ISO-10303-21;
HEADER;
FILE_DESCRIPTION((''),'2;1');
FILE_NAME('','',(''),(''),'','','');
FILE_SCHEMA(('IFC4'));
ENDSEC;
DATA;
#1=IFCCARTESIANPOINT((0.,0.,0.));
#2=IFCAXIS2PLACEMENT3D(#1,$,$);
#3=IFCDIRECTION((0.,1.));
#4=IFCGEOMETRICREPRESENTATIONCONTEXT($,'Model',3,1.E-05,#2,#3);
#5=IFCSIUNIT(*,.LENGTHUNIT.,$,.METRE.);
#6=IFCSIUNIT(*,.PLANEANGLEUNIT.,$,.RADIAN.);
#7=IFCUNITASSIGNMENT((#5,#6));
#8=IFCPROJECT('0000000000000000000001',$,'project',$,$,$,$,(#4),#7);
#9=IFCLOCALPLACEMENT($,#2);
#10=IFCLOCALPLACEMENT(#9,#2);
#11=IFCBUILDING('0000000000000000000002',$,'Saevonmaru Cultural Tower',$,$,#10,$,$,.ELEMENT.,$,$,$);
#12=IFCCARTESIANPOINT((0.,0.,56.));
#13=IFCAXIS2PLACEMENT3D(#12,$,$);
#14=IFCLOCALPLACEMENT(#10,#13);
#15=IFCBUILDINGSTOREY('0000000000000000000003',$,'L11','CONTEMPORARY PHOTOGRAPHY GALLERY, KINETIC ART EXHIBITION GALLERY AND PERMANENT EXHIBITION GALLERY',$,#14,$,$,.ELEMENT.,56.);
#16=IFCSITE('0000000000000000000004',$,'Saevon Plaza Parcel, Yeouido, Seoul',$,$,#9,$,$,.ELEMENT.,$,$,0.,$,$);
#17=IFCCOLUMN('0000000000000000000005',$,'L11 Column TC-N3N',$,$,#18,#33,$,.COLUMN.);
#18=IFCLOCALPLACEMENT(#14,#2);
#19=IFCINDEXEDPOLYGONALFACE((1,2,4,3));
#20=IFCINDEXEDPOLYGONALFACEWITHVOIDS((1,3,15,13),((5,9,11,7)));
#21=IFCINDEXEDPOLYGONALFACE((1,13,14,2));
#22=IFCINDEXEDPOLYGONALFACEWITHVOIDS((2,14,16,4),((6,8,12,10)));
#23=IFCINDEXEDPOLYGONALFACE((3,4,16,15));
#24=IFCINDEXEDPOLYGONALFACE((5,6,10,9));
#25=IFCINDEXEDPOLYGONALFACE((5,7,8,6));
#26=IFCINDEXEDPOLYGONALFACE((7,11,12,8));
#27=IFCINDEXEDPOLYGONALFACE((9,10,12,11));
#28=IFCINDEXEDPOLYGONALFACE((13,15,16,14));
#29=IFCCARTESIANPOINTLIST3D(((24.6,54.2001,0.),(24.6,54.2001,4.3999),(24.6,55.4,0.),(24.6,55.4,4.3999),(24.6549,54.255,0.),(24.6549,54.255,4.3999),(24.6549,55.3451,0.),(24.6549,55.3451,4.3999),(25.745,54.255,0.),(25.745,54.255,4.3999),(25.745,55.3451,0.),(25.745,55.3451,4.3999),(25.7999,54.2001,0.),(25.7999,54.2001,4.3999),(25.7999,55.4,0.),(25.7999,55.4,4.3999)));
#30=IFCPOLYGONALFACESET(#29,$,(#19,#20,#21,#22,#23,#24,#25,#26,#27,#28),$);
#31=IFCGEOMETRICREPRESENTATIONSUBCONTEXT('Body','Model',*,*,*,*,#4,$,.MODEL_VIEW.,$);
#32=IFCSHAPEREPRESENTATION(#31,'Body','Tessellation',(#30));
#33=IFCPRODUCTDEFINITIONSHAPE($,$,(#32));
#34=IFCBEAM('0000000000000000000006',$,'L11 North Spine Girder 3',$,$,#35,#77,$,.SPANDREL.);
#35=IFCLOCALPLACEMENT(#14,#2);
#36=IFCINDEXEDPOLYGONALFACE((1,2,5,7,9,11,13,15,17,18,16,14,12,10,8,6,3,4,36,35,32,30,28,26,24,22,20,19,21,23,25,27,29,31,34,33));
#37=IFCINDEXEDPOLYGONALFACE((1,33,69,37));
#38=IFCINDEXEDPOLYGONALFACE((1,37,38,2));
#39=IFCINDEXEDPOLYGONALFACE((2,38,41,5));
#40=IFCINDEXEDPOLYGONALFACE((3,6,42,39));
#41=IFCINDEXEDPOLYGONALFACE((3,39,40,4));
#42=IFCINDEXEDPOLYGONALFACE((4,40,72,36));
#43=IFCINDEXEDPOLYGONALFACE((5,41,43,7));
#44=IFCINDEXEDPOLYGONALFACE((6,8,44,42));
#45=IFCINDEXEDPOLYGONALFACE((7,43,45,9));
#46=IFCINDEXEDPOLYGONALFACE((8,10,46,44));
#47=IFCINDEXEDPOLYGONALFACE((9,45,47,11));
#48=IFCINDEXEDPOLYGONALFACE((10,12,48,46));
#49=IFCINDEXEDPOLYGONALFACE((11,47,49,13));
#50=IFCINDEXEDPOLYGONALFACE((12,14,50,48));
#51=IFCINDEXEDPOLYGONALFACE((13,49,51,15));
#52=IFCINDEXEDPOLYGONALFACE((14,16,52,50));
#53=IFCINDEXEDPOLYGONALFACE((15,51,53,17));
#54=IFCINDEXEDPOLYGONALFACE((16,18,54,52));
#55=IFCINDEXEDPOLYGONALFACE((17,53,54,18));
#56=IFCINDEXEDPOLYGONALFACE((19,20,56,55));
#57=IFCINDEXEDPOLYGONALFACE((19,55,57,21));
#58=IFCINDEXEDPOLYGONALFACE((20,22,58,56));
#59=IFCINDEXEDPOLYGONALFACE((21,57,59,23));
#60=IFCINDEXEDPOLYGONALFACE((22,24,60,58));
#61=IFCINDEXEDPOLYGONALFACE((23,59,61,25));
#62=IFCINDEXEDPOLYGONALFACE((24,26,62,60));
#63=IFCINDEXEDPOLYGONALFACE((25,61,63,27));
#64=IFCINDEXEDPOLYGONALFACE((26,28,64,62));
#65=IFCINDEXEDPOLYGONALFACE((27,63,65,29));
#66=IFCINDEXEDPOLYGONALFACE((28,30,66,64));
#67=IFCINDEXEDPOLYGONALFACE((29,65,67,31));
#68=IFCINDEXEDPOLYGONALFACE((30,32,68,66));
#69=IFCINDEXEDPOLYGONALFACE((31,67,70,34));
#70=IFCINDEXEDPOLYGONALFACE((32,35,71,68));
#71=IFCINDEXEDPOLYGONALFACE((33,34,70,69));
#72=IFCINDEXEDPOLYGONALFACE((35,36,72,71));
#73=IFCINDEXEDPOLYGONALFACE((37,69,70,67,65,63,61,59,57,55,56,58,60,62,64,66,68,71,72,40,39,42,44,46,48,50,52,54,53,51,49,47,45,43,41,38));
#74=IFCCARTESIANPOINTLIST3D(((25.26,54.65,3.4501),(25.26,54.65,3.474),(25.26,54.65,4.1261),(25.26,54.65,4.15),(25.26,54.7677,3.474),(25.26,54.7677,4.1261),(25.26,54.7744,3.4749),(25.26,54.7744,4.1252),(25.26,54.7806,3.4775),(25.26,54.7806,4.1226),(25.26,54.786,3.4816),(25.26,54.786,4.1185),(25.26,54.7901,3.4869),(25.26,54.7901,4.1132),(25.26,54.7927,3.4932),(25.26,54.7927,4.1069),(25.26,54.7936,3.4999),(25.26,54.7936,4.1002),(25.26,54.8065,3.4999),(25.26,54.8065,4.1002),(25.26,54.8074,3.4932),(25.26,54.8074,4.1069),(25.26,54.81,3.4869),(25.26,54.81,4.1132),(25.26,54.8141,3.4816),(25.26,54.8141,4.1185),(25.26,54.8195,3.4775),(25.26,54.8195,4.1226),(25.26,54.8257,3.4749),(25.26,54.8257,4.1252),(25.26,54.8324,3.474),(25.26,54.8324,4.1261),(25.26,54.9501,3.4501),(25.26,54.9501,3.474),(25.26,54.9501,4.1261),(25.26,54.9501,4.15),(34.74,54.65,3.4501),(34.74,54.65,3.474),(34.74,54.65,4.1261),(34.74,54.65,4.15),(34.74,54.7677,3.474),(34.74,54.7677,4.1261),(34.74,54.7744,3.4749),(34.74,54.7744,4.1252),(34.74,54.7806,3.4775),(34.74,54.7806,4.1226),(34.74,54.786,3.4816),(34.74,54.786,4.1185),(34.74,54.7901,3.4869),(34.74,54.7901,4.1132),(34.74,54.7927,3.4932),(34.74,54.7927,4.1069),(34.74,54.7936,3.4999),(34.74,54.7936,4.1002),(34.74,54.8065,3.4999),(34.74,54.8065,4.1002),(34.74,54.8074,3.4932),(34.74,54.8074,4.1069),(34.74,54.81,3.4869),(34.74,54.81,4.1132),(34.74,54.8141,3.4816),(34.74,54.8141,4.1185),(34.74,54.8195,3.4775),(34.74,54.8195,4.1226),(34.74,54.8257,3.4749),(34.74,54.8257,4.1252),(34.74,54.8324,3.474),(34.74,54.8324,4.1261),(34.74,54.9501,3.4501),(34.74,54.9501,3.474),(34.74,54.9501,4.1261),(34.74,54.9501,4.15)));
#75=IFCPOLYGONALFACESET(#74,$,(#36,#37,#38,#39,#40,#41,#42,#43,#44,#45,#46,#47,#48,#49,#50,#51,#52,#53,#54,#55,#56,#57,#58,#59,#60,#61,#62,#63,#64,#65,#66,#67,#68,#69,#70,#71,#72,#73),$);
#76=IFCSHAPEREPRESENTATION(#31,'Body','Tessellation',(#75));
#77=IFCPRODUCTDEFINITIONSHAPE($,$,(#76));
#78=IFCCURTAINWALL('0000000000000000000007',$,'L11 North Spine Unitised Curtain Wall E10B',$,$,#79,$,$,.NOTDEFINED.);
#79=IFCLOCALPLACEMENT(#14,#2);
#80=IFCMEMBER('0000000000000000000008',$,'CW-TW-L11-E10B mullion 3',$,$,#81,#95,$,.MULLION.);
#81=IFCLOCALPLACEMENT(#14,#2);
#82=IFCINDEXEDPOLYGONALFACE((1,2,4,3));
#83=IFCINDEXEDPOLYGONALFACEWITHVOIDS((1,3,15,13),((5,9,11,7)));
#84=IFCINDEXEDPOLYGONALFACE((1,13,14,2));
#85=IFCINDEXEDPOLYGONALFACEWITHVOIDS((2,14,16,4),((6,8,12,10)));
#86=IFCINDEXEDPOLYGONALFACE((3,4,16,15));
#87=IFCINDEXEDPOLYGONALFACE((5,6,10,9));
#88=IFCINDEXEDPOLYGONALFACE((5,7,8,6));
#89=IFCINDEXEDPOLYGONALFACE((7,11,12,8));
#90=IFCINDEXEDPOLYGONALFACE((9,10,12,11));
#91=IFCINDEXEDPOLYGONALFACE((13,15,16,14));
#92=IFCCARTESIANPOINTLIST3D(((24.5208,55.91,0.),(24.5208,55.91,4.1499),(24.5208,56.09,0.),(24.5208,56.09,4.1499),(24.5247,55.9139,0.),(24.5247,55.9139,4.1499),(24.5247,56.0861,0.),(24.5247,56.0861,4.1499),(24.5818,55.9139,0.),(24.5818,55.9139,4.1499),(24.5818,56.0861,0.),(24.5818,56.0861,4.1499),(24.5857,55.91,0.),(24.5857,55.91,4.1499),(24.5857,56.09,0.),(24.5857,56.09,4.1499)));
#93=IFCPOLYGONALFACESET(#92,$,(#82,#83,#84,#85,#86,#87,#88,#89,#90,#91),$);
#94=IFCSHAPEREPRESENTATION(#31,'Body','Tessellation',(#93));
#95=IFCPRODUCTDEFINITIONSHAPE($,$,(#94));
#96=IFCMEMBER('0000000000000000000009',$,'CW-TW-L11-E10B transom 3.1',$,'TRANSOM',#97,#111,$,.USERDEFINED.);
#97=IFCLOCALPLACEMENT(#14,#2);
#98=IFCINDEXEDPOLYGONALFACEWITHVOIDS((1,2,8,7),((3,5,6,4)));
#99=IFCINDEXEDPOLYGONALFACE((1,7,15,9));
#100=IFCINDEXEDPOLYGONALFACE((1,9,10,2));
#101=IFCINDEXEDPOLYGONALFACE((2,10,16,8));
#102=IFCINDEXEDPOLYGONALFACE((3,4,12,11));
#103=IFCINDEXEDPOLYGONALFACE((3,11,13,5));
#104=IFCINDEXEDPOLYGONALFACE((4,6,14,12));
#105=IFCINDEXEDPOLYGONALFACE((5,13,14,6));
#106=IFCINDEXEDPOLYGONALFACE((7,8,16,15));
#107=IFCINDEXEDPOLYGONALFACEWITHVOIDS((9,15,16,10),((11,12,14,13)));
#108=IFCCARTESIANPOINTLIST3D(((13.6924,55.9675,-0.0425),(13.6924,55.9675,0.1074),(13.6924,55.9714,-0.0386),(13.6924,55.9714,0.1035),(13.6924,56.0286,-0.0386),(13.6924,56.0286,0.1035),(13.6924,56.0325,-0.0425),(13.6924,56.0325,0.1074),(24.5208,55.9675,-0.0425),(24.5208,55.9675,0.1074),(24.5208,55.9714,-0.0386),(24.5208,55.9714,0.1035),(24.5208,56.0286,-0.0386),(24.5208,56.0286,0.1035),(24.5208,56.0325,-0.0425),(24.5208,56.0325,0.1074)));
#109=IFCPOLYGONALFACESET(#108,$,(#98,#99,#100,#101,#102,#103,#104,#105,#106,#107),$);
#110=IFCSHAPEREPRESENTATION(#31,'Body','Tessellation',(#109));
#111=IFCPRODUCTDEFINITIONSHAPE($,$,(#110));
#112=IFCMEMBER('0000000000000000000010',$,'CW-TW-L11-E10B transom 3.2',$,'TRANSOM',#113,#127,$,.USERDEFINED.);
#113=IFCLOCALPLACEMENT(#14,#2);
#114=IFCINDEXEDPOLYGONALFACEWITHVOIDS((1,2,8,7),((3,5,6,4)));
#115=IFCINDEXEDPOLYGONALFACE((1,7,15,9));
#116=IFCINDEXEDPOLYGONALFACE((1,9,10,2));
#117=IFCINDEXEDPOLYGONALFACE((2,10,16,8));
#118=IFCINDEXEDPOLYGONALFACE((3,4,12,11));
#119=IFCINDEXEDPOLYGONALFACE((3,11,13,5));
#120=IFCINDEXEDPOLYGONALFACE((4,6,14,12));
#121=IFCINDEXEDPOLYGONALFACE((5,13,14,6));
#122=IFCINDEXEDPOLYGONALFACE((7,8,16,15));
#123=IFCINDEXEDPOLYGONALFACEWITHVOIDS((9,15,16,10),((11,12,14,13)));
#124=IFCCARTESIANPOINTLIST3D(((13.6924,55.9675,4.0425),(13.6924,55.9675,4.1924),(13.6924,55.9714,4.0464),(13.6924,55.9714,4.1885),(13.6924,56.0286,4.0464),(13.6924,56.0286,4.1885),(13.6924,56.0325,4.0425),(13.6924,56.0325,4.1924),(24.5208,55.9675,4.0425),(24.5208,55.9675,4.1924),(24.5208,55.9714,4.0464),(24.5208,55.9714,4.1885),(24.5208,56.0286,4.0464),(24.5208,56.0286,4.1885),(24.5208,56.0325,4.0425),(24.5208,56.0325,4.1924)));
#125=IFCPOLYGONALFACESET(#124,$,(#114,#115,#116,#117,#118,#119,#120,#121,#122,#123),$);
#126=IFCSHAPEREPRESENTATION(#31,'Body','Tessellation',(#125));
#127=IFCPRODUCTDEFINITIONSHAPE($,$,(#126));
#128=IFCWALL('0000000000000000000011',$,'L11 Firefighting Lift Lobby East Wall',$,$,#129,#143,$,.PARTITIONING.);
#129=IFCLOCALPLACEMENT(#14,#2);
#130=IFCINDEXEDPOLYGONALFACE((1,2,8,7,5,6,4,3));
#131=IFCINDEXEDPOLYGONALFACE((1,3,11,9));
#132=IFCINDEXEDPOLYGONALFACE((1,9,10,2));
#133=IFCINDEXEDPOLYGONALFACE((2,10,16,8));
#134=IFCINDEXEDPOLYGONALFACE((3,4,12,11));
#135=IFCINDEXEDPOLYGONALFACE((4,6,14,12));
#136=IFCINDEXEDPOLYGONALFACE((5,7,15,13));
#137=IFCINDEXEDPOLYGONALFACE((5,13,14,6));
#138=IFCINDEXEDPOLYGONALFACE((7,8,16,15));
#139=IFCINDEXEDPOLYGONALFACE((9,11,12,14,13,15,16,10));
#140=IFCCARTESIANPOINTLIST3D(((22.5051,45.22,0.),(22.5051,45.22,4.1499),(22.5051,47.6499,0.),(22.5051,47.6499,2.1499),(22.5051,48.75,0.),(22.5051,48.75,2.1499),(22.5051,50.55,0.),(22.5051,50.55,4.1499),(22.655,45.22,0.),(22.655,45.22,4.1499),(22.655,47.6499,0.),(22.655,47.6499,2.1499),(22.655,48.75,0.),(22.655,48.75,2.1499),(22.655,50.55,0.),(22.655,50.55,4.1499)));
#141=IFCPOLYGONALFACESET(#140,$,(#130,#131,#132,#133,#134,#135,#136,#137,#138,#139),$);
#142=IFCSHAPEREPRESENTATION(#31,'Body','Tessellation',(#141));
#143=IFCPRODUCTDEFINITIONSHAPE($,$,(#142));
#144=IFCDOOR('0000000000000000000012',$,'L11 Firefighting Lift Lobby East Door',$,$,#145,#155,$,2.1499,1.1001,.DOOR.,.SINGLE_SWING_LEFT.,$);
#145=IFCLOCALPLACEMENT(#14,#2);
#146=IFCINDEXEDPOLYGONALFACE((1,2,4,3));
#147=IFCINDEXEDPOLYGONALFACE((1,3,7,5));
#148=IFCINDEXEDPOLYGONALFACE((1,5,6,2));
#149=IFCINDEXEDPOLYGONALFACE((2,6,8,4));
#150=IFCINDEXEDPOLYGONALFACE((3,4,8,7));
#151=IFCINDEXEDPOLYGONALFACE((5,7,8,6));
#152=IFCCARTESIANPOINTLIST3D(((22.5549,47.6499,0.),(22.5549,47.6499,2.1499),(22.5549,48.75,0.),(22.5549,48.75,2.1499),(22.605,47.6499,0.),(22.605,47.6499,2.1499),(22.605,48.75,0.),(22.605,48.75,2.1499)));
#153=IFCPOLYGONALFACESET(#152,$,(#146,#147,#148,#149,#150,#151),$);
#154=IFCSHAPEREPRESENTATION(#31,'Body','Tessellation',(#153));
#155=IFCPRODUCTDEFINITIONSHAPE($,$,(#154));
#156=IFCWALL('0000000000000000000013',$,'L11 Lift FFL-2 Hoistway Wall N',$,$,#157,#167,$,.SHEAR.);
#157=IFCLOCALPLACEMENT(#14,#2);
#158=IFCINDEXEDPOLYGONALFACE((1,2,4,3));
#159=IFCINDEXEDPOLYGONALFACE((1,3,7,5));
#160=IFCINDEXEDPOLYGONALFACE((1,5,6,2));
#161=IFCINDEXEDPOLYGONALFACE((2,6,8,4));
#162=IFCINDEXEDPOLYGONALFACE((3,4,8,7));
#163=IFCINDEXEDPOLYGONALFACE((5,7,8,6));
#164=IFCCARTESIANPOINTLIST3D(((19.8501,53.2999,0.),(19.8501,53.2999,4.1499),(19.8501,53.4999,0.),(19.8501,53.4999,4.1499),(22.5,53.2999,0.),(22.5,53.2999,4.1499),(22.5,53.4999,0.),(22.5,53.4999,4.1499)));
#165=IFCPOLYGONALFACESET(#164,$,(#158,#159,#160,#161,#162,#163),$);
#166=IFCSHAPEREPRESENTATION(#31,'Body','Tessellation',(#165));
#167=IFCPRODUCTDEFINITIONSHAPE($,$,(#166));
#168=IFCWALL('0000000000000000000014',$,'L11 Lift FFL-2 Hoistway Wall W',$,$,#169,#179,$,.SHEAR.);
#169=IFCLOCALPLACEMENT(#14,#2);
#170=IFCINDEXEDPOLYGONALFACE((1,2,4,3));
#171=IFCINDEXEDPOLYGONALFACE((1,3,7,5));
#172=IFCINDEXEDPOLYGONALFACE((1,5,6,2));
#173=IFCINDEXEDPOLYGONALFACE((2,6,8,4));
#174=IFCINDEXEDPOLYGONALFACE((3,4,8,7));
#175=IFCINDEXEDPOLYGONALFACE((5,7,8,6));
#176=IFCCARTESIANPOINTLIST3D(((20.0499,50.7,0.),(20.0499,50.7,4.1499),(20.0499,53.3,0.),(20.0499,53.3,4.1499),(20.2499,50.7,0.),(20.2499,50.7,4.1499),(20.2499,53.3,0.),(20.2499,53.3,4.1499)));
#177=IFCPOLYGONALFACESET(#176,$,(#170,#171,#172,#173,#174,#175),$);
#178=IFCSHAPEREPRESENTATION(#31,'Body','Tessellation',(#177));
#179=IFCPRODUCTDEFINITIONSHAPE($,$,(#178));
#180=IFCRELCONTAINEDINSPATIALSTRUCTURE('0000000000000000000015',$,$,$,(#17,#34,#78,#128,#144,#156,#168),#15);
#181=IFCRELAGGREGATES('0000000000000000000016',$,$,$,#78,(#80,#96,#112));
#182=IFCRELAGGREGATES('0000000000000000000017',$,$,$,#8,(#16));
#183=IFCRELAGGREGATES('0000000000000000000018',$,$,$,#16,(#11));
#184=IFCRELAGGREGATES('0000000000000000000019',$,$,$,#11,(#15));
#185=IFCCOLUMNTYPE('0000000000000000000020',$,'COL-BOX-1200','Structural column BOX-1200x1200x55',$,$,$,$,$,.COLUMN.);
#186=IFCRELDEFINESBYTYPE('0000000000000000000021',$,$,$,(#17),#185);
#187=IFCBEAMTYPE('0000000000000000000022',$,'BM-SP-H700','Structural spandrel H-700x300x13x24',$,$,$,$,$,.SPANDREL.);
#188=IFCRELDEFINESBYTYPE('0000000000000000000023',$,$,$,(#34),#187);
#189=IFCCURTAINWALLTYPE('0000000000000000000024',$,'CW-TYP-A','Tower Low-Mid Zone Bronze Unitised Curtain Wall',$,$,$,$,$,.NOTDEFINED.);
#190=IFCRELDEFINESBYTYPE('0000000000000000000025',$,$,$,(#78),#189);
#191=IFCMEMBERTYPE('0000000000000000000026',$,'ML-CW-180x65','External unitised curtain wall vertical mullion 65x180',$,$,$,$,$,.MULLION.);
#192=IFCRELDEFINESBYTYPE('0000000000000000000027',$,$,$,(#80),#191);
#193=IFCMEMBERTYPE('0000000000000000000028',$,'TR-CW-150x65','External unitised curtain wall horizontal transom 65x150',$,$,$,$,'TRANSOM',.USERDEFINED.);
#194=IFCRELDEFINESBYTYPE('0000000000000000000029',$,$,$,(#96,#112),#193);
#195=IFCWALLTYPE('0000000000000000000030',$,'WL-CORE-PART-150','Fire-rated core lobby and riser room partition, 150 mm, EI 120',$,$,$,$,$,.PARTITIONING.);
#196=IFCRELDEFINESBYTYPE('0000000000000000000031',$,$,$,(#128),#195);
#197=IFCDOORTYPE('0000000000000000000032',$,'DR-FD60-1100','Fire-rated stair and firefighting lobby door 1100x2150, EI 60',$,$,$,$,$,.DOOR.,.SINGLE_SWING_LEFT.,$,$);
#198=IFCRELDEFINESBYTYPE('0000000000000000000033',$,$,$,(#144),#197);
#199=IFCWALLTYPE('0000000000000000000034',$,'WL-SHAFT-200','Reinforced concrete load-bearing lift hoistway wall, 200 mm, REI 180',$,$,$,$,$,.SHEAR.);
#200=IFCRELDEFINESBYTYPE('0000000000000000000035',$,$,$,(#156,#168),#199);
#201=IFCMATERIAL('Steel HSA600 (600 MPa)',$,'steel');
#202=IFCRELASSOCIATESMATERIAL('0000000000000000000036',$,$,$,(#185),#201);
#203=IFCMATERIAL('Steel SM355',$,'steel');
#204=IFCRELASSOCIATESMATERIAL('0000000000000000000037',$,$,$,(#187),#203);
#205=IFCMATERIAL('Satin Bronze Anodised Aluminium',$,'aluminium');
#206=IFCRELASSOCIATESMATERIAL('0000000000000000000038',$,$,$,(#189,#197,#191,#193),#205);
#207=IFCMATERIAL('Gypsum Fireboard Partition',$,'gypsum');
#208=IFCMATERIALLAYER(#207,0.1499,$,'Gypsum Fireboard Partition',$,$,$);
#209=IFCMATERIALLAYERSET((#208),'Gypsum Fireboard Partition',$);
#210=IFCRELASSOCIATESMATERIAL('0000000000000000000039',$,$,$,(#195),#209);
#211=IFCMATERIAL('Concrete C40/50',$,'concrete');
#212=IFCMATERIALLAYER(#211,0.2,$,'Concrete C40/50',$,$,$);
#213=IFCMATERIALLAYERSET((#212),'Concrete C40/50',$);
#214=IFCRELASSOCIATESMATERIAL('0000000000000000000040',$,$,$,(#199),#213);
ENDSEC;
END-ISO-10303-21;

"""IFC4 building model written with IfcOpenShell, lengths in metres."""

from ifc_helpers import new_model, si_unit, direction, frame, frame_2d, origin, origin_2d, place, context, subcontext, project, spatial, rectangle, hollow_rectangle, i_section, extrude, material, layer, layer_set, material_profile, profile_set, type_object, element, fill, aggregate, save


model = new_model("IFC4")

# Units and contexts
model_context = context("Model", 3, precision=1e-05, world=origin(), true_north=direction((0.0, 1.0)))
body_context = subcontext(model_context, "Body", "Model", "MODEL_VIEW")
ifc_project = project(units=[si_unit("LENGTHUNIT", "METRE"), si_unit("PLANEANGLEUNIT", "RADIAN")], contexts=[model_context])

# Site, building, storey
site_placement = place(None, origin())
site = spatial("IfcSite", under=ifc_project, at=site_placement, Name="Saevon Plaza Parcel, Yeouido, Seoul", CompositionType="ELEMENT", RefElevation=0.0)
building_placement = place(site_placement, origin())
building = spatial("IfcBuilding", under=site, at=building_placement, Name="Saevonmaru Cultural Tower", CompositionType="ELEMENT")
storey_placement = place(building_placement, frame((0.0, 0.0, 56.0)))
storey = spatial("IfcBuildingStorey", under=building, at=storey_placement, Name="L11", Description="CONTEMPORARY PHOTOGRAPHY GALLERY, KINETIC ART EXHIBITION GALLERY AND PERMANENT EXHIBITION GALLERY", CompositionType="ELEMENT", Elevation=56.0)

# Column
ifc_material_1 = material(Name="Steel HSA600 (600 MPa)", Category="steel")
ifc_material_profile_1 = material_profile(ifc_material_1, hollow_rectangle(XDim=1.2, YDim=1.2, WallThickness=0.0549, at=origin_2d()), Name="BOX-1200x1200x55")
ifc_profile_set_1 = profile_set([ifc_material_profile_1], Name="Steel HSA600 (600 MPa)")
column_type = type_object("IfcColumnType", Name="COL-BOX-1200", Description="Structural column BOX-1200x1200x55", PredefinedType="COLUMN", material=ifc_profile_set_1)
column_placement = place(storey_placement, frame((25.2, 54.8, 0.0), z_axis=(0.0, 0.0, 1.0), x_axis=(1.0, 0.0, 0.0)))
element("IfcColumn", 1, at=column_placement, inside=storey, type_object=column_type, Name="L11 Column TC-N3N", PredefinedType="COLUMN", context=body_context, shape_type="SweptSolid", body=[
    extrude(hollow_rectangle(XDim=1.2, YDim=1.2, WallThickness=0.0549, at=origin_2d()), origin(), (0.0, 0.0, 1.0), 4.3999),
])

# Beam
ifc_material_2 = material(Name="Steel SM355", Category="steel")
ifc_material_profile_2 = material_profile(ifc_material_2, i_section(OverallWidth=0.3, OverallDepth=0.7, WebThickness=0.0129, FlangeThickness=0.0239, FilletRadius=0.0259, at=origin_2d()), Name="H-700x300x13x24")
ifc_profile_set_2 = profile_set([ifc_material_profile_2], Name="Steel SM355")
beam_type = type_object("IfcBeamType", Name="BM-SP-H700", Description="Structural spandrel H-700x300x13x24", PredefinedType="SPANDREL", material=ifc_profile_set_2)
beam_placement = place(storey_placement, frame((25.26, 54.8, 3.8), z_axis=(1.0, 0.0, 0.0), x_axis=(0.0, 1.0, 0.0)))
element("IfcBeam", 2, at=beam_placement, inside=storey, type_object=beam_type, Name="L11 North Spine Girder 3", PredefinedType="SPANDREL", context=body_context, shape_type="SweptSolid", body=[
    extrude(i_section(OverallWidth=0.3, OverallDepth=0.7, WebThickness=0.0129, FlangeThickness=0.0239, FilletRadius=0.0259, at=origin_2d()), origin(), (0.0, 0.0, 1.0), 9.48),
])

# Curtain wall, members
ifc_material_3 = material(Name="Satin Bronze Anodised Aluminium", Category="aluminium")
curtain_wall_type = type_object("IfcCurtainWallType", Name="CW-TYP-A", Description="Tower Low-Mid Zone Bronze Unitised Curtain Wall", PredefinedType="NOTDEFINED", material=ifc_material_3)
curtain_wall_placement = place(storey_placement, origin())
curtain_wall = element("IfcCurtainWall", 3, at=curtain_wall_placement, inside=storey, type_object=curtain_wall_type, Name="L11 North Spine Unitised Curtain Wall E10B", PredefinedType="NOTDEFINED")
ifc_material_profile_3 = material_profile(ifc_material_3, hollow_rectangle(XDim=0.0649, YDim=0.1799, WallThickness=0.0039, at=origin_2d()), Name="ALU-MULL-180x65x4")
ifc_profile_set_3 = profile_set([ifc_material_profile_3], Name="Satin Bronze Anodised Aluminium")
member_type_1 = type_object("IfcMemberType", Name="ML-CW-180x65", Description="External unitised curtain wall vertical mullion 65x180", PredefinedType="MULLION", material=ifc_profile_set_3)
member_1_placement = place(storey_placement, frame((24.5532, 56.0, 0.0), z_axis=(0.0, 0.0, 1.0), x_axis=(-1.0, 0.0, 0.0)))
member_1 = element("IfcMember", 4, at=member_1_placement, type_object=member_type_1, Name="CW-TW-L11-E10B mullion 3", PredefinedType="MULLION", context=body_context, shape_type="SweptSolid", body=[
    extrude(hollow_rectangle(XDim=0.0649, YDim=0.1799, WallThickness=0.0039, at=origin_2d()), origin(), (0.0, 0.0, 1.0), 4.1499),
])
ifc_material_profile_4 = material_profile(ifc_material_3, hollow_rectangle(XDim=0.0649, YDim=0.1499, WallThickness=0.0039, at=origin_2d()), Name="ALU-TRAN-150x65x4")
ifc_profile_set_4 = profile_set([ifc_material_profile_4], Name="Satin Bronze Anodised Aluminium")
member_type_2 = type_object("IfcMemberType", Name="TR-CW-150x65", Description="External unitised curtain wall horizontal transom 65x150", ElementType="TRANSOM", PredefinedType="USERDEFINED", material=ifc_profile_set_4)
member_2_placement = place(storey_placement, frame((24.5208, 56.0, 0.0325), z_axis=(-1.0, 0.0, 0.0), x_axis=(0.0, -1.0, 0.0)))
member_2 = element("IfcMember", 5, at=member_2_placement, type_object=member_type_2, Name="CW-TW-L11-E10B transom 3.1", ObjectType="TRANSOM", PredefinedType="USERDEFINED", context=body_context, shape_type="SweptSolid", body=[
    extrude(hollow_rectangle(XDim=0.0649, YDim=0.1499, WallThickness=0.0039, at=origin_2d()), origin(), (0.0, 0.0, 1.0), 10.8284),
])
member_3_placement = place(storey_placement, frame((24.5208, 56.0, 4.1174), z_axis=(-1.0, 0.0, 0.0), x_axis=(0.0, -1.0, 0.0)))
member_3 = element("IfcMember", 6, at=member_3_placement, type_object=member_type_2, Name="CW-TW-L11-E10B transom 3.2", ObjectType="TRANSOM", PredefinedType="USERDEFINED", context=body_context, shape_type="SweptSolid", body=[
    extrude(hollow_rectangle(XDim=0.0649, YDim=0.1499, WallThickness=0.0039, at=origin_2d()), origin(), (0.0, 0.0, 1.0), 10.8284),
])
aggregate(curtain_wall, [member_1, member_2, member_3])

# Wall, opening, door
ifc_material_4 = material(Name="Gypsum Fireboard Partition", Category="gypsum")
ifc_layer_1 = layer(ifc_material_4, 0.1499, Name="Gypsum Fireboard Partition")
ifc_layer_set_1 = layer_set([ifc_layer_1], Name="Gypsum Fireboard Partition")
wall_type_1 = type_object("IfcWallType", Name="WL-CORE-PART-150", Description="Fire-rated core lobby and riser room partition, 150 mm, EI 120", PredefinedType="PARTITIONING", material=ifc_layer_set_1)
wall_1_placement = place(storey_placement, frame((22.5801, 50.55, 0.0), z_axis=(0.0, 0.0, 1.0), x_axis=(0.0, -1.0, 0.0)))
wall_1 = element("IfcWall", 7, at=wall_1_placement, inside=storey, type_object=wall_type_1, Name="L11 Firefighting Lift Lobby East Wall", PredefinedType="PARTITIONING", context=body_context, shape_type="SweptSolid", body=[
    extrude(rectangle(XDim=5.3301, YDim=0.1499, at=frame_2d((2.665, 0.0))), origin(), (0.0, 0.0, 1.0), 4.1499),
])
opening_1_placement = place(wall_1_placement, frame((1.8, 0.0, 0.0)))
opening_1 = element("IfcOpeningElement", 8, at=opening_1_placement, cuts=wall_1, PredefinedType="OPENING", context=body_context, shape_type="SweptSolid", body=[
    extrude(rectangle(XDim=1.1001, YDim=2.1499, at=frame_2d((0.55, 1.075))), frame((0.0, 0.085, 0.0), z_axis=(0.0, -1.0, 0.0), x_axis=(1.0, 0.0, 0.0)), (0.0, 0.0, 1.0), 0.1699),
])
door_type_1 = type_object("IfcDoorType", Name="DR-FD60-1100", Description="Fire-rated stair and firefighting lobby door 1100x2150, EI 60", OperationType="SINGLE_SWING_LEFT", PredefinedType="DOOR", material=ifc_material_3)
door_1_placement = place(opening_1_placement, origin())
door_1 = element("IfcDoor", 9, at=door_1_placement, inside=storey, type_object=door_type_1, Name="L11 Firefighting Lift Lobby East Door", OperationType="SINGLE_SWING_LEFT", OverallHeight=2.1499, OverallWidth=1.1001, PredefinedType="DOOR", context=body_context, shape_type="SweptSolid", body=[
    extrude(rectangle(XDim=1.1001, YDim=2.1499, at=frame_2d((0.55, 1.075))), frame((0.0, 0.0249, 0.0), z_axis=(0.0, -1.0, 0.0), x_axis=(1.0, 0.0, 0.0)), (0.0, 0.0, 1.0), 0.05),
])
fill(opening_1, door_1)

# Walls
ifc_material_5 = material(Name="Concrete C40/50", Category="concrete")
ifc_layer_2 = layer(ifc_material_5, 0.2, Name="Concrete C40/50")
ifc_layer_set_2 = layer_set([ifc_layer_2], Name="Concrete C40/50")
wall_type_2 = type_object("IfcWallType", Name="WL-SHAFT-200", Description="Reinforced concrete load-bearing lift hoistway wall, 200 mm, REI 180", PredefinedType="SHEAR", material=ifc_layer_set_2)
wall_2_placement = place(storey_placement, frame((19.8501, 53.3999, 0.0), z_axis=(0.0, 0.0, 1.0), x_axis=(1.0, 0.0, 0.0)))
element("IfcWall", 10, at=wall_2_placement, inside=storey, type_object=wall_type_2, Name="L11 Lift FFL-2 Hoistway Wall N", PredefinedType="SHEAR", context=body_context, shape_type="SweptSolid", body=[
    extrude(rectangle(XDim=2.6499, YDim=0.2, at=frame_2d((1.325, 0.0))), origin(), (0.0, 0.0, 1.0), 4.1499),
])
for number, where, z_axis, x_axis, name in (
    (11, (20.1499, 50.7, 0.0), (0.0, 0.0, 1.0), (0.0, 1.0, 0.0), "L11 Lift FFL-2 Hoistway Wall W"),
):
    element("IfcWall", number, at=place(storey_placement, frame(where, z_axis=z_axis, x_axis=x_axis)), inside=storey, type_object=wall_type_2, Name=name, PredefinedType="SHEAR", context=body_context, shape_type="SweptSolid", body=[
        extrude(rectangle(XDim=2.6001, YDim=0.2, at=frame_2d((1.3, 0.0))), origin(), (0.0, 0.0, 1.0), 4.1499),
    ])

save(model, "model.ifc")
